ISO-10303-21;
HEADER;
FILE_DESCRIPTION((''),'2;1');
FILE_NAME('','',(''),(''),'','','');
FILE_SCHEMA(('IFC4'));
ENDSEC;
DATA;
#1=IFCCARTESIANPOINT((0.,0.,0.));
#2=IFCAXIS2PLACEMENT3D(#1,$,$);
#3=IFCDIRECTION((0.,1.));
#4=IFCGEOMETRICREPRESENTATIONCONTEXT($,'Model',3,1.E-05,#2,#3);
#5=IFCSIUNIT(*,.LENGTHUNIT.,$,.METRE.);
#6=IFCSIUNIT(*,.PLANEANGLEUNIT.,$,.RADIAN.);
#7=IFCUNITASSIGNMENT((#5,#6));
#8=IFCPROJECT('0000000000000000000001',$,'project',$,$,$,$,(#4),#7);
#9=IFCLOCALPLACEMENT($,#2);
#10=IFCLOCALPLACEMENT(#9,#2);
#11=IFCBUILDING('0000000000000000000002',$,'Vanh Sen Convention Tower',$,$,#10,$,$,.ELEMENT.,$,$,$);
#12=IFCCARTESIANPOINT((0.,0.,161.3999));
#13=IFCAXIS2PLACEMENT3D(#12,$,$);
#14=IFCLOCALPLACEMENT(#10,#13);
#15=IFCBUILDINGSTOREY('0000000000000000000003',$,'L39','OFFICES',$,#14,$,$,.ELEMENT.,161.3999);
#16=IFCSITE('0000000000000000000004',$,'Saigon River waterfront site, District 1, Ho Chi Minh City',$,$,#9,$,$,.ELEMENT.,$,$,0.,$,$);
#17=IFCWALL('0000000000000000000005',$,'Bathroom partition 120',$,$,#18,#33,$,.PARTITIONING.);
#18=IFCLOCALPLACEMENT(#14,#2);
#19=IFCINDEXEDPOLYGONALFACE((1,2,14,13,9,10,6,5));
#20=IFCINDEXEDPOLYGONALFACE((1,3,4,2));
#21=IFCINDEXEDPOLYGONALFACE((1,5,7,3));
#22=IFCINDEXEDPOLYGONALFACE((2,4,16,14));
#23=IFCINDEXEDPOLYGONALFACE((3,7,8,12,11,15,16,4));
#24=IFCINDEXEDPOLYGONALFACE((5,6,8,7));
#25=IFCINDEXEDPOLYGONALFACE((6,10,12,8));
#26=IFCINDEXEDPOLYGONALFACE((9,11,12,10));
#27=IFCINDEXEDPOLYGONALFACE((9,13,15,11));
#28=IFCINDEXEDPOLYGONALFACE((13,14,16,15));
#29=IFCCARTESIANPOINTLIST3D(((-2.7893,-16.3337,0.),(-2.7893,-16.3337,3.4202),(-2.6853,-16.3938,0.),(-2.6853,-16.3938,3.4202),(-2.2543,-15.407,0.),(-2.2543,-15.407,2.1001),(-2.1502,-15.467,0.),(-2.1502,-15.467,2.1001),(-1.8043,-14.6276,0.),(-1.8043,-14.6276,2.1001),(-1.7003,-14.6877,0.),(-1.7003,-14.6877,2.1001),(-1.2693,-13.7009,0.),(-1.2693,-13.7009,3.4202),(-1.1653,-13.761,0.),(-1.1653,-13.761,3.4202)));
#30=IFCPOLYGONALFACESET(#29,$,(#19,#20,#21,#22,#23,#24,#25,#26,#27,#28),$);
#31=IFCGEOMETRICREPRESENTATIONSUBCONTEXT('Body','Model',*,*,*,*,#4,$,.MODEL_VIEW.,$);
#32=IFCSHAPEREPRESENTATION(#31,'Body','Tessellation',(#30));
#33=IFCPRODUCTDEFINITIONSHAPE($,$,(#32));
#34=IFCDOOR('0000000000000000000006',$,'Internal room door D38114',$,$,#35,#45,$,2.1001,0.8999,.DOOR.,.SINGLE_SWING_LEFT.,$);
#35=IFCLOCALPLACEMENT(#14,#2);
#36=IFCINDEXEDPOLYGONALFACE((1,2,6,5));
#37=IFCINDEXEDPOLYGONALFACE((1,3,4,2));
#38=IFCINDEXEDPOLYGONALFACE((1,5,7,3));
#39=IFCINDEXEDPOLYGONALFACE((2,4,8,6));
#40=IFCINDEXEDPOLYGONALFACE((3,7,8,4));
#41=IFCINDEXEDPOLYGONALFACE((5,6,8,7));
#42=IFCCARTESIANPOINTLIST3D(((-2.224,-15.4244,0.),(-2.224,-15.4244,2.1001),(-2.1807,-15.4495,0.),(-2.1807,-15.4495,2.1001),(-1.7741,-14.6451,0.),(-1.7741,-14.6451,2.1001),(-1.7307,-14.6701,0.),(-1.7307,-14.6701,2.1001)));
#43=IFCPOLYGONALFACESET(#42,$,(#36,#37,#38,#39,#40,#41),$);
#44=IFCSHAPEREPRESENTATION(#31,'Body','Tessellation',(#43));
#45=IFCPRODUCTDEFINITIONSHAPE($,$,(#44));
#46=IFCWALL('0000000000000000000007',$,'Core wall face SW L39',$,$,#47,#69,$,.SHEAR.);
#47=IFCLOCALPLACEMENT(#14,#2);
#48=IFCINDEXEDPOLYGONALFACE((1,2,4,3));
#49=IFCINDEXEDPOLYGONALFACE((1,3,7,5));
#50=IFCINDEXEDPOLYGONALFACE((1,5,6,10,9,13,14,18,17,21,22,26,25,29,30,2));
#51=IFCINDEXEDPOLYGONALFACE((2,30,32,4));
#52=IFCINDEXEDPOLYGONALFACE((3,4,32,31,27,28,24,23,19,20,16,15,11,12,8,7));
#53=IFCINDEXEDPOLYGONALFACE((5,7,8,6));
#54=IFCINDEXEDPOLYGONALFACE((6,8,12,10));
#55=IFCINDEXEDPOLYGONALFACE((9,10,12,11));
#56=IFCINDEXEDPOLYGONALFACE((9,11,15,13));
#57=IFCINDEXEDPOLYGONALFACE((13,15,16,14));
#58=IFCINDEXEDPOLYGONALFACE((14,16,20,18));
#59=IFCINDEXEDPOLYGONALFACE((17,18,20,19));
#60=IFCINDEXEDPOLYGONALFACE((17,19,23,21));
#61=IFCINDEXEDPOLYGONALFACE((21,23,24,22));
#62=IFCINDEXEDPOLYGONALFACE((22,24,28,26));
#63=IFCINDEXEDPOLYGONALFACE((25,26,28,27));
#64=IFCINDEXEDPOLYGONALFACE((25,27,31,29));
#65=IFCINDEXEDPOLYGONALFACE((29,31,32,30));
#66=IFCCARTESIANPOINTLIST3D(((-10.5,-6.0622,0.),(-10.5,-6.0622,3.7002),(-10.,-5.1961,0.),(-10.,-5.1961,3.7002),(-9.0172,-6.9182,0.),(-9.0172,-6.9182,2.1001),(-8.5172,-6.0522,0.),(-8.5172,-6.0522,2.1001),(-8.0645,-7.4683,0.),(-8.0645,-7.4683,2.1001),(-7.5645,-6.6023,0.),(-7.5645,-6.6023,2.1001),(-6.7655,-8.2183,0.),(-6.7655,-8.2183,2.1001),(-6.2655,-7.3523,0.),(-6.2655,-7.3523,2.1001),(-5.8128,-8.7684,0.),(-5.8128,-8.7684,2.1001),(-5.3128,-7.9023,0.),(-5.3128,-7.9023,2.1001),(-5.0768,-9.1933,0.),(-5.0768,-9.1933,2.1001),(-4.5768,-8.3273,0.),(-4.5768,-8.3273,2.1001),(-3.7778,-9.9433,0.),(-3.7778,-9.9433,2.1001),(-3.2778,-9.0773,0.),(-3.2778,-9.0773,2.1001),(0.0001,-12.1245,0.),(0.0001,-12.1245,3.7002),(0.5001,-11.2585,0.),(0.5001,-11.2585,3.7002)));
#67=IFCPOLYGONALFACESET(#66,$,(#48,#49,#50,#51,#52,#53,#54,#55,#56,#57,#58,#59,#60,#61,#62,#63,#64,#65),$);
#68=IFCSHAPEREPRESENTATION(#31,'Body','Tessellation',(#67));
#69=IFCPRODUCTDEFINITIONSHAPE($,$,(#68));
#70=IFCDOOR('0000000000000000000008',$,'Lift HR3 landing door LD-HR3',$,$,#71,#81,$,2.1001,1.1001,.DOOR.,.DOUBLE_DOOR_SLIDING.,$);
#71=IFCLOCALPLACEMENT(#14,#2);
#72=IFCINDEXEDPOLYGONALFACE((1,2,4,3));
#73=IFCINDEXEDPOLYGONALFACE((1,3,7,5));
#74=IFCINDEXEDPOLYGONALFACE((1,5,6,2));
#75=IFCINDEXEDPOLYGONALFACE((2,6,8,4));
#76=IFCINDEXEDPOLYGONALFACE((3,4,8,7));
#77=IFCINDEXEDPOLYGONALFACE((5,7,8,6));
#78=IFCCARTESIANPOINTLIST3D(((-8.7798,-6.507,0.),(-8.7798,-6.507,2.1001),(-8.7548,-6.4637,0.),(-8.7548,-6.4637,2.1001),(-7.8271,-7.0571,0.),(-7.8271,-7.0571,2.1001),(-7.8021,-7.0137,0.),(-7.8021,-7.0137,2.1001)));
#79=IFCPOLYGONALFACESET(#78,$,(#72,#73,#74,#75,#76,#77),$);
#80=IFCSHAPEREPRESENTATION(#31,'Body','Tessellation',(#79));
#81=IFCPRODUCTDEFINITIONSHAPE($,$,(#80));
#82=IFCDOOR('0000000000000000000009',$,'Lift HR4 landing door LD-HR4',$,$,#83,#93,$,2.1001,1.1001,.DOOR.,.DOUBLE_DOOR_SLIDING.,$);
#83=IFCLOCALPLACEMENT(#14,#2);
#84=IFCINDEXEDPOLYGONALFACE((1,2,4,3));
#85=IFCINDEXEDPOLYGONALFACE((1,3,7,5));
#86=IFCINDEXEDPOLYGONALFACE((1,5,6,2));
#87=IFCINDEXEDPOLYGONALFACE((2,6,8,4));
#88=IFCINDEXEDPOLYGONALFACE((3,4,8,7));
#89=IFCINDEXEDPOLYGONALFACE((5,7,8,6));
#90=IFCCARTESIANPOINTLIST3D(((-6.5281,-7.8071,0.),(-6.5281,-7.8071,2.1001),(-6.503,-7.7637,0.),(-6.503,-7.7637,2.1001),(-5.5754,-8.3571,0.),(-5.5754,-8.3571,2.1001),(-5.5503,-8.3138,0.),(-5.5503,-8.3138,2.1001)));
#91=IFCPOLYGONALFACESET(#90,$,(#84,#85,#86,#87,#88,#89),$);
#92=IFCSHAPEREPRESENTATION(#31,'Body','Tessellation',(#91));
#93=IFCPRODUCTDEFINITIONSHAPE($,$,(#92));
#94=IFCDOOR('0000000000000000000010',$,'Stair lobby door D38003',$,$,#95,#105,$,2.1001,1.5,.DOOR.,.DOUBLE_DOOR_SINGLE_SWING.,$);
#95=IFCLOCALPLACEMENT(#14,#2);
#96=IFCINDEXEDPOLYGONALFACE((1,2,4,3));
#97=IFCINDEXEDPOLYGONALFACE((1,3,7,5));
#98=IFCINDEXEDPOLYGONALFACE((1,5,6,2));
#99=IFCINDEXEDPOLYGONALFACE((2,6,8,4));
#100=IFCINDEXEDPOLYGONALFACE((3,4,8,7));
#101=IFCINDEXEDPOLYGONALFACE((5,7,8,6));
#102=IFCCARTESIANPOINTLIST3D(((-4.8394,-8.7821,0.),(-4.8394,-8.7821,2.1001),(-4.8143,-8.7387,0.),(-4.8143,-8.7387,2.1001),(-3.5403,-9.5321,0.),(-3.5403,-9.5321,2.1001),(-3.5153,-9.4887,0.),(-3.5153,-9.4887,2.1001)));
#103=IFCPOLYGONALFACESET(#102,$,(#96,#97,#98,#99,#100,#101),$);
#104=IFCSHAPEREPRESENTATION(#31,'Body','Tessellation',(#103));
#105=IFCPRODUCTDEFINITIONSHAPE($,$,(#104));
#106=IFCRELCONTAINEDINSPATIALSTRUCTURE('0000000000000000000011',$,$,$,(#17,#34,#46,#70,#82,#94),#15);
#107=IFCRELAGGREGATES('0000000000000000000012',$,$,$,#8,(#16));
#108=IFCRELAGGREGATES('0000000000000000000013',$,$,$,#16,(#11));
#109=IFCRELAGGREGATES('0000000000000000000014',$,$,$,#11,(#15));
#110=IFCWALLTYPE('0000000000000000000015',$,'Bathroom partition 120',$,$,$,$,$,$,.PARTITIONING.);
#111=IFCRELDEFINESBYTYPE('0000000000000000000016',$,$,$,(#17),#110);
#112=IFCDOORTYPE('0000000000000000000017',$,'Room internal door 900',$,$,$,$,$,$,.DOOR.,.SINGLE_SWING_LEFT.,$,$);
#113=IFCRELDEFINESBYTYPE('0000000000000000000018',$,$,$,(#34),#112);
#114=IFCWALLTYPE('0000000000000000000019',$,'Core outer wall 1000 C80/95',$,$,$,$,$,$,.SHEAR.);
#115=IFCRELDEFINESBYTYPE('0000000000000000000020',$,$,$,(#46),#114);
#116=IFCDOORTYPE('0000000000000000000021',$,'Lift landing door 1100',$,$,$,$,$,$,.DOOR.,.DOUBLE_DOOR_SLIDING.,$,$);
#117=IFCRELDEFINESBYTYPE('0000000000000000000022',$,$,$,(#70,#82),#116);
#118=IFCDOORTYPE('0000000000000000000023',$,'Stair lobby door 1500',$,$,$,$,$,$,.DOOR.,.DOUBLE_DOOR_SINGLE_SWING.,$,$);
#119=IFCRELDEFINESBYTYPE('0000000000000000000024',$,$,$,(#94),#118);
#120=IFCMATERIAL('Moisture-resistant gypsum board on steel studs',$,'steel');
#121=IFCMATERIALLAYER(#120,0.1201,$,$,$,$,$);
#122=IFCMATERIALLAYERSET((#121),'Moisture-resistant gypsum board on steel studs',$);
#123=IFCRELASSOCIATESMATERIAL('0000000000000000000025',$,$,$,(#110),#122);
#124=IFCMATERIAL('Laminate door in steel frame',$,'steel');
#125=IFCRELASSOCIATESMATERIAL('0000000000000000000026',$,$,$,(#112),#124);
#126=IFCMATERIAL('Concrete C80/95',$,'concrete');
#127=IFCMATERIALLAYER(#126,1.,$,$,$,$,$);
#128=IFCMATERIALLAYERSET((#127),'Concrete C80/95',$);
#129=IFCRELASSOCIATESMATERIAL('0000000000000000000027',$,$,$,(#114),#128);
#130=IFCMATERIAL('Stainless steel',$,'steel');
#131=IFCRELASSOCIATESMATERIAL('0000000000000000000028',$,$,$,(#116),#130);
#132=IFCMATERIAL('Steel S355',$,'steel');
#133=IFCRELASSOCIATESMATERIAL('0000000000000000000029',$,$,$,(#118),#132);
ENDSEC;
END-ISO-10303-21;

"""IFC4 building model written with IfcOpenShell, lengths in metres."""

from ifc_helpers import new_model, si_unit, direction, frame, frame_2d, origin, place, context, subcontext, project, spatial, rectangle, extrude, material, layer, layer_set, type_object, element, fill, save


model = new_model("IFC4")

# Units and contexts
model_context = context("Model", 3, precision=1e-05, world=origin(), true_north=direction((0.0, 1.0)))
body_context = subcontext(model_context, "Body", "Model", "MODEL_VIEW")
ifc_project = project(units=[si_unit("LENGTHUNIT", "METRE"), si_unit("PLANEANGLEUNIT", "RADIAN")], contexts=[model_context])

# Site, building, storey
site_placement = place(None, origin())
site = spatial("IfcSite", under=ifc_project, at=site_placement, Name="Saigon River waterfront site, District 1, Ho Chi Minh City", CompositionType="ELEMENT", RefElevation=0.0)
building_placement = place(site_placement, origin())
building = spatial("IfcBuilding", under=site, at=building_placement, Name="Vanh Sen Convention Tower", CompositionType="ELEMENT")
storey_placement = place(building_placement, frame((0.0, 0.0, 161.3999)))
storey = spatial("IfcBuildingStorey", under=building, at=storey_placement, Name="L39", Description="OFFICES", CompositionType="ELEMENT", Elevation=161.3999)

# Wall, opening, door
ifc_material_1 = material(Name="Moisture-resistant gypsum board on steel studs", Category="steel")
ifc_layer_1 = layer(ifc_material_1, 0.1201)
ifc_layer_set_1 = layer_set([ifc_layer_1], Name="Moisture-resistant gypsum board on steel studs")
wall_type_1 = type_object("IfcWallType", Name="Bathroom partition 120", PredefinedType="PARTITIONING", material=ifc_layer_set_1)
wall_1_placement = place(storey_placement, frame((-1.2173, -13.731, 0.0), z_axis=(0.0, 0.0, 1.0), x_axis=(-0.499991, -0.86603, 0.0)))
wall_1 = element("IfcWall", 1, at=wall_1_placement, inside=storey, type_object=wall_type_1, Name="Bathroom partition 120", PredefinedType="PARTITIONING", context=body_context, shape_type="SweptSolid", body=[
    extrude(rectangle(XDim=3.04, YDim=0.1201, at=frame_2d((1.52, 0.0))), origin(), (0.0, 0.0, 1.0), 3.4202),
])
opening_1_placement = place(wall_1_placement, frame((1.0701, 0.0, 0.0)))
opening_1 = element("IfcOpeningElement", 2, at=opening_1_placement, cuts=wall_1, PredefinedType="OPENING", context=body_context, shape_type="SweptSolid", body=[
    extrude(rectangle(XDim=0.8999, YDim=2.1001, at=frame_2d((0.45, 1.05))), frame((0.0, 0.0701, 0.0), z_axis=(0.0, -1.0, 0.0), x_axis=(1.0, 0.0, 0.0)), (0.0, 0.0, 1.0), 0.1401),
])
ifc_material_2 = material(Name="Laminate door in steel frame", Category="steel")
door_type_1 = type_object("IfcDoorType", Name="Room internal door 900", OperationType="SINGLE_SWING_LEFT", PredefinedType="DOOR", material=ifc_material_2)
door_1_placement = place(opening_1_placement, origin())
door_1 = element("IfcDoor", 3, at=door_1_placement, inside=storey, type_object=door_type_1, Name="Internal room door D38114", OperationType="SINGLE_SWING_LEFT", OverallHeight=2.1001, OverallWidth=0.8999, PredefinedType="DOOR", context=body_context, shape_type="SweptSolid", body=[
    extrude(rectangle(XDim=0.8999, YDim=2.1001, at=frame_2d((0.45, 1.05))), frame((0.0, 0.0249, 0.0), z_axis=(0.0, -1.0, 0.0), x_axis=(1.0, 0.0, 0.0)), (0.0, 0.0, 1.0), 0.05),
])
fill(opening_1, door_1)

# Wall, openings, doors
ifc_material_3 = material(Name="Concrete C80/95", Category="concrete")
ifc_layer_2 = layer(ifc_material_3, 1.0)
ifc_layer_set_2 = layer_set([ifc_layer_2], Name="Concrete C80/95")
wall_type_2 = type_object("IfcWallType", Name="Core outer wall 1000 C80/95", PredefinedType="SHEAR", material=ifc_layer_set_2)
wall_2_placement = place(storey_placement, frame((-10.25, -5.6292, 0.0), z_axis=(0.0, 0.0, 1.0), x_axis=(0.866023, -0.500005, 0.0)))
wall_2 = element("IfcWall", 4, at=wall_2_placement, inside=storey, type_object=wall_type_2, Name="Core wall face SW L39", PredefinedType="SHEAR", context=body_context, shape_type="SweptSolid", body=[
    extrude(rectangle(XDim=12.1245, YDim=1.0, at=frame_2d((6.0623, 0.0))), origin(), (0.0, 0.0, 1.0), 3.7002),
])
opening_2_placement = place(wall_2_placement, frame((6.2622, 0.0, 0.0)))
opening_2 = element("IfcOpeningElement", 5, at=opening_2_placement, cuts=wall_2, PredefinedType="OPENING", context=body_context, shape_type="SweptSolid", body=[
    extrude(rectangle(XDim=1.5, YDim=2.1001, at=frame_2d((0.75, 1.05))), frame((0.0, 0.51, 0.0), z_axis=(0.0, -1.0, 0.0), x_axis=(1.0, 0.0, 0.0)), (0.0, 0.0, 1.0), 1.02),
])
opening_3_placement = place(wall_2_placement, frame((1.7122, 0.0, 0.0)))
opening_3 = element("IfcOpeningElement", 6, at=opening_3_placement, cuts=wall_2, PredefinedType="OPENING", context=body_context, shape_type="SweptSolid", body=[
    extrude(rectangle(XDim=1.1001, YDim=2.1001, at=frame_2d((0.55, 1.05))), frame((0.0, 0.51, 0.0), z_axis=(0.0, -1.0, 0.0), x_axis=(1.0, 0.0, 0.0)), (0.0, 0.0, 1.0), 1.02),
])
opening_4_placement = place(wall_2_placement, frame((4.3123, 0.0, 0.0)))
opening_4 = element("IfcOpeningElement", 7, at=opening_4_placement, cuts=wall_2, PredefinedType="OPENING", context=body_context, shape_type="SweptSolid", body=[
    extrude(rectangle(XDim=1.1001, YDim=2.1001, at=frame_2d((0.55, 1.05))), frame((0.0, 0.51, 0.0), z_axis=(0.0, -1.0, 0.0), x_axis=(1.0, 0.0, 0.0)), (0.0, 0.0, 1.0), 1.02),
])
ifc_material_4 = material(Name="Stainless steel", Category="steel")
door_type_2 = type_object("IfcDoorType", Name="Lift landing door 1100", OperationType="DOUBLE_DOOR_SLIDING", PredefinedType="DOOR", material=ifc_material_4)
door_2_placement = place(opening_3_placement, origin())
door_2 = element("IfcDoor", 8, at=door_2_placement, inside=storey, type_object=door_type_2, Name="Lift HR3 landing door LD-HR3", OperationType="DOUBLE_DOOR_SLIDING", OverallHeight=2.1001, OverallWidth=1.1001, PredefinedType="DOOR", context=body_context, shape_type="SweptSolid", body=[
    extrude(rectangle(XDim=1.1001, YDim=2.1001, at=frame_2d((0.55, 1.05))), frame((0.0, 0.0249, 0.0), z_axis=(0.0, -1.0, 0.0), x_axis=(1.0, 0.0, 0.0)), (0.0, 0.0, 1.0), 0.05),
])
fill(opening_3, door_2)
door_3_placement = place(opening_4_placement, origin())
door_3 = element("IfcDoor", 9, at=door_3_placement, inside=storey, type_object=door_type_2, Name="Lift HR4 landing door LD-HR4", OperationType="DOUBLE_DOOR_SLIDING", OverallHeight=2.1001, OverallWidth=1.1001, PredefinedType="DOOR", context=body_context, shape_type="SweptSolid", body=[
    extrude(rectangle(XDim=1.1001, YDim=2.1001, at=frame_2d((0.55, 1.05))), frame((0.0, 0.0249, 0.0), z_axis=(0.0, -1.0, 0.0), x_axis=(1.0, 0.0, 0.0)), (0.0, 0.0, 1.0), 0.05),
])
fill(opening_4, door_3)
ifc_material_5 = material(Name="Steel S355", Category="steel")
door_type_3 = type_object("IfcDoorType", Name="Stair lobby door 1500", OperationType="DOUBLE_DOOR_SINGLE_SWING", PredefinedType="DOOR", material=ifc_material_5)
door_4_placement = place(opening_2_placement, origin())
door_4 = element("IfcDoor", 10, at=door_4_placement, inside=storey, type_object=door_type_3, Name="Stair lobby door D38003", OperationType="DOUBLE_DOOR_SINGLE_SWING", OverallHeight=2.1001, OverallWidth=1.5, PredefinedType="DOOR", context=body_context, shape_type="SweptSolid", body=[
    extrude(rectangle(XDim=1.5, YDim=2.1001, at=frame_2d((0.75, 1.05))), frame((0.0, 0.0249, 0.0), z_axis=(0.0, -1.0, 0.0), x_axis=(1.0, 0.0, 0.0)), (0.0, 0.0, 1.0), 0.05),
])
fill(opening_2, door_4)

save(model, "model.ifc")
